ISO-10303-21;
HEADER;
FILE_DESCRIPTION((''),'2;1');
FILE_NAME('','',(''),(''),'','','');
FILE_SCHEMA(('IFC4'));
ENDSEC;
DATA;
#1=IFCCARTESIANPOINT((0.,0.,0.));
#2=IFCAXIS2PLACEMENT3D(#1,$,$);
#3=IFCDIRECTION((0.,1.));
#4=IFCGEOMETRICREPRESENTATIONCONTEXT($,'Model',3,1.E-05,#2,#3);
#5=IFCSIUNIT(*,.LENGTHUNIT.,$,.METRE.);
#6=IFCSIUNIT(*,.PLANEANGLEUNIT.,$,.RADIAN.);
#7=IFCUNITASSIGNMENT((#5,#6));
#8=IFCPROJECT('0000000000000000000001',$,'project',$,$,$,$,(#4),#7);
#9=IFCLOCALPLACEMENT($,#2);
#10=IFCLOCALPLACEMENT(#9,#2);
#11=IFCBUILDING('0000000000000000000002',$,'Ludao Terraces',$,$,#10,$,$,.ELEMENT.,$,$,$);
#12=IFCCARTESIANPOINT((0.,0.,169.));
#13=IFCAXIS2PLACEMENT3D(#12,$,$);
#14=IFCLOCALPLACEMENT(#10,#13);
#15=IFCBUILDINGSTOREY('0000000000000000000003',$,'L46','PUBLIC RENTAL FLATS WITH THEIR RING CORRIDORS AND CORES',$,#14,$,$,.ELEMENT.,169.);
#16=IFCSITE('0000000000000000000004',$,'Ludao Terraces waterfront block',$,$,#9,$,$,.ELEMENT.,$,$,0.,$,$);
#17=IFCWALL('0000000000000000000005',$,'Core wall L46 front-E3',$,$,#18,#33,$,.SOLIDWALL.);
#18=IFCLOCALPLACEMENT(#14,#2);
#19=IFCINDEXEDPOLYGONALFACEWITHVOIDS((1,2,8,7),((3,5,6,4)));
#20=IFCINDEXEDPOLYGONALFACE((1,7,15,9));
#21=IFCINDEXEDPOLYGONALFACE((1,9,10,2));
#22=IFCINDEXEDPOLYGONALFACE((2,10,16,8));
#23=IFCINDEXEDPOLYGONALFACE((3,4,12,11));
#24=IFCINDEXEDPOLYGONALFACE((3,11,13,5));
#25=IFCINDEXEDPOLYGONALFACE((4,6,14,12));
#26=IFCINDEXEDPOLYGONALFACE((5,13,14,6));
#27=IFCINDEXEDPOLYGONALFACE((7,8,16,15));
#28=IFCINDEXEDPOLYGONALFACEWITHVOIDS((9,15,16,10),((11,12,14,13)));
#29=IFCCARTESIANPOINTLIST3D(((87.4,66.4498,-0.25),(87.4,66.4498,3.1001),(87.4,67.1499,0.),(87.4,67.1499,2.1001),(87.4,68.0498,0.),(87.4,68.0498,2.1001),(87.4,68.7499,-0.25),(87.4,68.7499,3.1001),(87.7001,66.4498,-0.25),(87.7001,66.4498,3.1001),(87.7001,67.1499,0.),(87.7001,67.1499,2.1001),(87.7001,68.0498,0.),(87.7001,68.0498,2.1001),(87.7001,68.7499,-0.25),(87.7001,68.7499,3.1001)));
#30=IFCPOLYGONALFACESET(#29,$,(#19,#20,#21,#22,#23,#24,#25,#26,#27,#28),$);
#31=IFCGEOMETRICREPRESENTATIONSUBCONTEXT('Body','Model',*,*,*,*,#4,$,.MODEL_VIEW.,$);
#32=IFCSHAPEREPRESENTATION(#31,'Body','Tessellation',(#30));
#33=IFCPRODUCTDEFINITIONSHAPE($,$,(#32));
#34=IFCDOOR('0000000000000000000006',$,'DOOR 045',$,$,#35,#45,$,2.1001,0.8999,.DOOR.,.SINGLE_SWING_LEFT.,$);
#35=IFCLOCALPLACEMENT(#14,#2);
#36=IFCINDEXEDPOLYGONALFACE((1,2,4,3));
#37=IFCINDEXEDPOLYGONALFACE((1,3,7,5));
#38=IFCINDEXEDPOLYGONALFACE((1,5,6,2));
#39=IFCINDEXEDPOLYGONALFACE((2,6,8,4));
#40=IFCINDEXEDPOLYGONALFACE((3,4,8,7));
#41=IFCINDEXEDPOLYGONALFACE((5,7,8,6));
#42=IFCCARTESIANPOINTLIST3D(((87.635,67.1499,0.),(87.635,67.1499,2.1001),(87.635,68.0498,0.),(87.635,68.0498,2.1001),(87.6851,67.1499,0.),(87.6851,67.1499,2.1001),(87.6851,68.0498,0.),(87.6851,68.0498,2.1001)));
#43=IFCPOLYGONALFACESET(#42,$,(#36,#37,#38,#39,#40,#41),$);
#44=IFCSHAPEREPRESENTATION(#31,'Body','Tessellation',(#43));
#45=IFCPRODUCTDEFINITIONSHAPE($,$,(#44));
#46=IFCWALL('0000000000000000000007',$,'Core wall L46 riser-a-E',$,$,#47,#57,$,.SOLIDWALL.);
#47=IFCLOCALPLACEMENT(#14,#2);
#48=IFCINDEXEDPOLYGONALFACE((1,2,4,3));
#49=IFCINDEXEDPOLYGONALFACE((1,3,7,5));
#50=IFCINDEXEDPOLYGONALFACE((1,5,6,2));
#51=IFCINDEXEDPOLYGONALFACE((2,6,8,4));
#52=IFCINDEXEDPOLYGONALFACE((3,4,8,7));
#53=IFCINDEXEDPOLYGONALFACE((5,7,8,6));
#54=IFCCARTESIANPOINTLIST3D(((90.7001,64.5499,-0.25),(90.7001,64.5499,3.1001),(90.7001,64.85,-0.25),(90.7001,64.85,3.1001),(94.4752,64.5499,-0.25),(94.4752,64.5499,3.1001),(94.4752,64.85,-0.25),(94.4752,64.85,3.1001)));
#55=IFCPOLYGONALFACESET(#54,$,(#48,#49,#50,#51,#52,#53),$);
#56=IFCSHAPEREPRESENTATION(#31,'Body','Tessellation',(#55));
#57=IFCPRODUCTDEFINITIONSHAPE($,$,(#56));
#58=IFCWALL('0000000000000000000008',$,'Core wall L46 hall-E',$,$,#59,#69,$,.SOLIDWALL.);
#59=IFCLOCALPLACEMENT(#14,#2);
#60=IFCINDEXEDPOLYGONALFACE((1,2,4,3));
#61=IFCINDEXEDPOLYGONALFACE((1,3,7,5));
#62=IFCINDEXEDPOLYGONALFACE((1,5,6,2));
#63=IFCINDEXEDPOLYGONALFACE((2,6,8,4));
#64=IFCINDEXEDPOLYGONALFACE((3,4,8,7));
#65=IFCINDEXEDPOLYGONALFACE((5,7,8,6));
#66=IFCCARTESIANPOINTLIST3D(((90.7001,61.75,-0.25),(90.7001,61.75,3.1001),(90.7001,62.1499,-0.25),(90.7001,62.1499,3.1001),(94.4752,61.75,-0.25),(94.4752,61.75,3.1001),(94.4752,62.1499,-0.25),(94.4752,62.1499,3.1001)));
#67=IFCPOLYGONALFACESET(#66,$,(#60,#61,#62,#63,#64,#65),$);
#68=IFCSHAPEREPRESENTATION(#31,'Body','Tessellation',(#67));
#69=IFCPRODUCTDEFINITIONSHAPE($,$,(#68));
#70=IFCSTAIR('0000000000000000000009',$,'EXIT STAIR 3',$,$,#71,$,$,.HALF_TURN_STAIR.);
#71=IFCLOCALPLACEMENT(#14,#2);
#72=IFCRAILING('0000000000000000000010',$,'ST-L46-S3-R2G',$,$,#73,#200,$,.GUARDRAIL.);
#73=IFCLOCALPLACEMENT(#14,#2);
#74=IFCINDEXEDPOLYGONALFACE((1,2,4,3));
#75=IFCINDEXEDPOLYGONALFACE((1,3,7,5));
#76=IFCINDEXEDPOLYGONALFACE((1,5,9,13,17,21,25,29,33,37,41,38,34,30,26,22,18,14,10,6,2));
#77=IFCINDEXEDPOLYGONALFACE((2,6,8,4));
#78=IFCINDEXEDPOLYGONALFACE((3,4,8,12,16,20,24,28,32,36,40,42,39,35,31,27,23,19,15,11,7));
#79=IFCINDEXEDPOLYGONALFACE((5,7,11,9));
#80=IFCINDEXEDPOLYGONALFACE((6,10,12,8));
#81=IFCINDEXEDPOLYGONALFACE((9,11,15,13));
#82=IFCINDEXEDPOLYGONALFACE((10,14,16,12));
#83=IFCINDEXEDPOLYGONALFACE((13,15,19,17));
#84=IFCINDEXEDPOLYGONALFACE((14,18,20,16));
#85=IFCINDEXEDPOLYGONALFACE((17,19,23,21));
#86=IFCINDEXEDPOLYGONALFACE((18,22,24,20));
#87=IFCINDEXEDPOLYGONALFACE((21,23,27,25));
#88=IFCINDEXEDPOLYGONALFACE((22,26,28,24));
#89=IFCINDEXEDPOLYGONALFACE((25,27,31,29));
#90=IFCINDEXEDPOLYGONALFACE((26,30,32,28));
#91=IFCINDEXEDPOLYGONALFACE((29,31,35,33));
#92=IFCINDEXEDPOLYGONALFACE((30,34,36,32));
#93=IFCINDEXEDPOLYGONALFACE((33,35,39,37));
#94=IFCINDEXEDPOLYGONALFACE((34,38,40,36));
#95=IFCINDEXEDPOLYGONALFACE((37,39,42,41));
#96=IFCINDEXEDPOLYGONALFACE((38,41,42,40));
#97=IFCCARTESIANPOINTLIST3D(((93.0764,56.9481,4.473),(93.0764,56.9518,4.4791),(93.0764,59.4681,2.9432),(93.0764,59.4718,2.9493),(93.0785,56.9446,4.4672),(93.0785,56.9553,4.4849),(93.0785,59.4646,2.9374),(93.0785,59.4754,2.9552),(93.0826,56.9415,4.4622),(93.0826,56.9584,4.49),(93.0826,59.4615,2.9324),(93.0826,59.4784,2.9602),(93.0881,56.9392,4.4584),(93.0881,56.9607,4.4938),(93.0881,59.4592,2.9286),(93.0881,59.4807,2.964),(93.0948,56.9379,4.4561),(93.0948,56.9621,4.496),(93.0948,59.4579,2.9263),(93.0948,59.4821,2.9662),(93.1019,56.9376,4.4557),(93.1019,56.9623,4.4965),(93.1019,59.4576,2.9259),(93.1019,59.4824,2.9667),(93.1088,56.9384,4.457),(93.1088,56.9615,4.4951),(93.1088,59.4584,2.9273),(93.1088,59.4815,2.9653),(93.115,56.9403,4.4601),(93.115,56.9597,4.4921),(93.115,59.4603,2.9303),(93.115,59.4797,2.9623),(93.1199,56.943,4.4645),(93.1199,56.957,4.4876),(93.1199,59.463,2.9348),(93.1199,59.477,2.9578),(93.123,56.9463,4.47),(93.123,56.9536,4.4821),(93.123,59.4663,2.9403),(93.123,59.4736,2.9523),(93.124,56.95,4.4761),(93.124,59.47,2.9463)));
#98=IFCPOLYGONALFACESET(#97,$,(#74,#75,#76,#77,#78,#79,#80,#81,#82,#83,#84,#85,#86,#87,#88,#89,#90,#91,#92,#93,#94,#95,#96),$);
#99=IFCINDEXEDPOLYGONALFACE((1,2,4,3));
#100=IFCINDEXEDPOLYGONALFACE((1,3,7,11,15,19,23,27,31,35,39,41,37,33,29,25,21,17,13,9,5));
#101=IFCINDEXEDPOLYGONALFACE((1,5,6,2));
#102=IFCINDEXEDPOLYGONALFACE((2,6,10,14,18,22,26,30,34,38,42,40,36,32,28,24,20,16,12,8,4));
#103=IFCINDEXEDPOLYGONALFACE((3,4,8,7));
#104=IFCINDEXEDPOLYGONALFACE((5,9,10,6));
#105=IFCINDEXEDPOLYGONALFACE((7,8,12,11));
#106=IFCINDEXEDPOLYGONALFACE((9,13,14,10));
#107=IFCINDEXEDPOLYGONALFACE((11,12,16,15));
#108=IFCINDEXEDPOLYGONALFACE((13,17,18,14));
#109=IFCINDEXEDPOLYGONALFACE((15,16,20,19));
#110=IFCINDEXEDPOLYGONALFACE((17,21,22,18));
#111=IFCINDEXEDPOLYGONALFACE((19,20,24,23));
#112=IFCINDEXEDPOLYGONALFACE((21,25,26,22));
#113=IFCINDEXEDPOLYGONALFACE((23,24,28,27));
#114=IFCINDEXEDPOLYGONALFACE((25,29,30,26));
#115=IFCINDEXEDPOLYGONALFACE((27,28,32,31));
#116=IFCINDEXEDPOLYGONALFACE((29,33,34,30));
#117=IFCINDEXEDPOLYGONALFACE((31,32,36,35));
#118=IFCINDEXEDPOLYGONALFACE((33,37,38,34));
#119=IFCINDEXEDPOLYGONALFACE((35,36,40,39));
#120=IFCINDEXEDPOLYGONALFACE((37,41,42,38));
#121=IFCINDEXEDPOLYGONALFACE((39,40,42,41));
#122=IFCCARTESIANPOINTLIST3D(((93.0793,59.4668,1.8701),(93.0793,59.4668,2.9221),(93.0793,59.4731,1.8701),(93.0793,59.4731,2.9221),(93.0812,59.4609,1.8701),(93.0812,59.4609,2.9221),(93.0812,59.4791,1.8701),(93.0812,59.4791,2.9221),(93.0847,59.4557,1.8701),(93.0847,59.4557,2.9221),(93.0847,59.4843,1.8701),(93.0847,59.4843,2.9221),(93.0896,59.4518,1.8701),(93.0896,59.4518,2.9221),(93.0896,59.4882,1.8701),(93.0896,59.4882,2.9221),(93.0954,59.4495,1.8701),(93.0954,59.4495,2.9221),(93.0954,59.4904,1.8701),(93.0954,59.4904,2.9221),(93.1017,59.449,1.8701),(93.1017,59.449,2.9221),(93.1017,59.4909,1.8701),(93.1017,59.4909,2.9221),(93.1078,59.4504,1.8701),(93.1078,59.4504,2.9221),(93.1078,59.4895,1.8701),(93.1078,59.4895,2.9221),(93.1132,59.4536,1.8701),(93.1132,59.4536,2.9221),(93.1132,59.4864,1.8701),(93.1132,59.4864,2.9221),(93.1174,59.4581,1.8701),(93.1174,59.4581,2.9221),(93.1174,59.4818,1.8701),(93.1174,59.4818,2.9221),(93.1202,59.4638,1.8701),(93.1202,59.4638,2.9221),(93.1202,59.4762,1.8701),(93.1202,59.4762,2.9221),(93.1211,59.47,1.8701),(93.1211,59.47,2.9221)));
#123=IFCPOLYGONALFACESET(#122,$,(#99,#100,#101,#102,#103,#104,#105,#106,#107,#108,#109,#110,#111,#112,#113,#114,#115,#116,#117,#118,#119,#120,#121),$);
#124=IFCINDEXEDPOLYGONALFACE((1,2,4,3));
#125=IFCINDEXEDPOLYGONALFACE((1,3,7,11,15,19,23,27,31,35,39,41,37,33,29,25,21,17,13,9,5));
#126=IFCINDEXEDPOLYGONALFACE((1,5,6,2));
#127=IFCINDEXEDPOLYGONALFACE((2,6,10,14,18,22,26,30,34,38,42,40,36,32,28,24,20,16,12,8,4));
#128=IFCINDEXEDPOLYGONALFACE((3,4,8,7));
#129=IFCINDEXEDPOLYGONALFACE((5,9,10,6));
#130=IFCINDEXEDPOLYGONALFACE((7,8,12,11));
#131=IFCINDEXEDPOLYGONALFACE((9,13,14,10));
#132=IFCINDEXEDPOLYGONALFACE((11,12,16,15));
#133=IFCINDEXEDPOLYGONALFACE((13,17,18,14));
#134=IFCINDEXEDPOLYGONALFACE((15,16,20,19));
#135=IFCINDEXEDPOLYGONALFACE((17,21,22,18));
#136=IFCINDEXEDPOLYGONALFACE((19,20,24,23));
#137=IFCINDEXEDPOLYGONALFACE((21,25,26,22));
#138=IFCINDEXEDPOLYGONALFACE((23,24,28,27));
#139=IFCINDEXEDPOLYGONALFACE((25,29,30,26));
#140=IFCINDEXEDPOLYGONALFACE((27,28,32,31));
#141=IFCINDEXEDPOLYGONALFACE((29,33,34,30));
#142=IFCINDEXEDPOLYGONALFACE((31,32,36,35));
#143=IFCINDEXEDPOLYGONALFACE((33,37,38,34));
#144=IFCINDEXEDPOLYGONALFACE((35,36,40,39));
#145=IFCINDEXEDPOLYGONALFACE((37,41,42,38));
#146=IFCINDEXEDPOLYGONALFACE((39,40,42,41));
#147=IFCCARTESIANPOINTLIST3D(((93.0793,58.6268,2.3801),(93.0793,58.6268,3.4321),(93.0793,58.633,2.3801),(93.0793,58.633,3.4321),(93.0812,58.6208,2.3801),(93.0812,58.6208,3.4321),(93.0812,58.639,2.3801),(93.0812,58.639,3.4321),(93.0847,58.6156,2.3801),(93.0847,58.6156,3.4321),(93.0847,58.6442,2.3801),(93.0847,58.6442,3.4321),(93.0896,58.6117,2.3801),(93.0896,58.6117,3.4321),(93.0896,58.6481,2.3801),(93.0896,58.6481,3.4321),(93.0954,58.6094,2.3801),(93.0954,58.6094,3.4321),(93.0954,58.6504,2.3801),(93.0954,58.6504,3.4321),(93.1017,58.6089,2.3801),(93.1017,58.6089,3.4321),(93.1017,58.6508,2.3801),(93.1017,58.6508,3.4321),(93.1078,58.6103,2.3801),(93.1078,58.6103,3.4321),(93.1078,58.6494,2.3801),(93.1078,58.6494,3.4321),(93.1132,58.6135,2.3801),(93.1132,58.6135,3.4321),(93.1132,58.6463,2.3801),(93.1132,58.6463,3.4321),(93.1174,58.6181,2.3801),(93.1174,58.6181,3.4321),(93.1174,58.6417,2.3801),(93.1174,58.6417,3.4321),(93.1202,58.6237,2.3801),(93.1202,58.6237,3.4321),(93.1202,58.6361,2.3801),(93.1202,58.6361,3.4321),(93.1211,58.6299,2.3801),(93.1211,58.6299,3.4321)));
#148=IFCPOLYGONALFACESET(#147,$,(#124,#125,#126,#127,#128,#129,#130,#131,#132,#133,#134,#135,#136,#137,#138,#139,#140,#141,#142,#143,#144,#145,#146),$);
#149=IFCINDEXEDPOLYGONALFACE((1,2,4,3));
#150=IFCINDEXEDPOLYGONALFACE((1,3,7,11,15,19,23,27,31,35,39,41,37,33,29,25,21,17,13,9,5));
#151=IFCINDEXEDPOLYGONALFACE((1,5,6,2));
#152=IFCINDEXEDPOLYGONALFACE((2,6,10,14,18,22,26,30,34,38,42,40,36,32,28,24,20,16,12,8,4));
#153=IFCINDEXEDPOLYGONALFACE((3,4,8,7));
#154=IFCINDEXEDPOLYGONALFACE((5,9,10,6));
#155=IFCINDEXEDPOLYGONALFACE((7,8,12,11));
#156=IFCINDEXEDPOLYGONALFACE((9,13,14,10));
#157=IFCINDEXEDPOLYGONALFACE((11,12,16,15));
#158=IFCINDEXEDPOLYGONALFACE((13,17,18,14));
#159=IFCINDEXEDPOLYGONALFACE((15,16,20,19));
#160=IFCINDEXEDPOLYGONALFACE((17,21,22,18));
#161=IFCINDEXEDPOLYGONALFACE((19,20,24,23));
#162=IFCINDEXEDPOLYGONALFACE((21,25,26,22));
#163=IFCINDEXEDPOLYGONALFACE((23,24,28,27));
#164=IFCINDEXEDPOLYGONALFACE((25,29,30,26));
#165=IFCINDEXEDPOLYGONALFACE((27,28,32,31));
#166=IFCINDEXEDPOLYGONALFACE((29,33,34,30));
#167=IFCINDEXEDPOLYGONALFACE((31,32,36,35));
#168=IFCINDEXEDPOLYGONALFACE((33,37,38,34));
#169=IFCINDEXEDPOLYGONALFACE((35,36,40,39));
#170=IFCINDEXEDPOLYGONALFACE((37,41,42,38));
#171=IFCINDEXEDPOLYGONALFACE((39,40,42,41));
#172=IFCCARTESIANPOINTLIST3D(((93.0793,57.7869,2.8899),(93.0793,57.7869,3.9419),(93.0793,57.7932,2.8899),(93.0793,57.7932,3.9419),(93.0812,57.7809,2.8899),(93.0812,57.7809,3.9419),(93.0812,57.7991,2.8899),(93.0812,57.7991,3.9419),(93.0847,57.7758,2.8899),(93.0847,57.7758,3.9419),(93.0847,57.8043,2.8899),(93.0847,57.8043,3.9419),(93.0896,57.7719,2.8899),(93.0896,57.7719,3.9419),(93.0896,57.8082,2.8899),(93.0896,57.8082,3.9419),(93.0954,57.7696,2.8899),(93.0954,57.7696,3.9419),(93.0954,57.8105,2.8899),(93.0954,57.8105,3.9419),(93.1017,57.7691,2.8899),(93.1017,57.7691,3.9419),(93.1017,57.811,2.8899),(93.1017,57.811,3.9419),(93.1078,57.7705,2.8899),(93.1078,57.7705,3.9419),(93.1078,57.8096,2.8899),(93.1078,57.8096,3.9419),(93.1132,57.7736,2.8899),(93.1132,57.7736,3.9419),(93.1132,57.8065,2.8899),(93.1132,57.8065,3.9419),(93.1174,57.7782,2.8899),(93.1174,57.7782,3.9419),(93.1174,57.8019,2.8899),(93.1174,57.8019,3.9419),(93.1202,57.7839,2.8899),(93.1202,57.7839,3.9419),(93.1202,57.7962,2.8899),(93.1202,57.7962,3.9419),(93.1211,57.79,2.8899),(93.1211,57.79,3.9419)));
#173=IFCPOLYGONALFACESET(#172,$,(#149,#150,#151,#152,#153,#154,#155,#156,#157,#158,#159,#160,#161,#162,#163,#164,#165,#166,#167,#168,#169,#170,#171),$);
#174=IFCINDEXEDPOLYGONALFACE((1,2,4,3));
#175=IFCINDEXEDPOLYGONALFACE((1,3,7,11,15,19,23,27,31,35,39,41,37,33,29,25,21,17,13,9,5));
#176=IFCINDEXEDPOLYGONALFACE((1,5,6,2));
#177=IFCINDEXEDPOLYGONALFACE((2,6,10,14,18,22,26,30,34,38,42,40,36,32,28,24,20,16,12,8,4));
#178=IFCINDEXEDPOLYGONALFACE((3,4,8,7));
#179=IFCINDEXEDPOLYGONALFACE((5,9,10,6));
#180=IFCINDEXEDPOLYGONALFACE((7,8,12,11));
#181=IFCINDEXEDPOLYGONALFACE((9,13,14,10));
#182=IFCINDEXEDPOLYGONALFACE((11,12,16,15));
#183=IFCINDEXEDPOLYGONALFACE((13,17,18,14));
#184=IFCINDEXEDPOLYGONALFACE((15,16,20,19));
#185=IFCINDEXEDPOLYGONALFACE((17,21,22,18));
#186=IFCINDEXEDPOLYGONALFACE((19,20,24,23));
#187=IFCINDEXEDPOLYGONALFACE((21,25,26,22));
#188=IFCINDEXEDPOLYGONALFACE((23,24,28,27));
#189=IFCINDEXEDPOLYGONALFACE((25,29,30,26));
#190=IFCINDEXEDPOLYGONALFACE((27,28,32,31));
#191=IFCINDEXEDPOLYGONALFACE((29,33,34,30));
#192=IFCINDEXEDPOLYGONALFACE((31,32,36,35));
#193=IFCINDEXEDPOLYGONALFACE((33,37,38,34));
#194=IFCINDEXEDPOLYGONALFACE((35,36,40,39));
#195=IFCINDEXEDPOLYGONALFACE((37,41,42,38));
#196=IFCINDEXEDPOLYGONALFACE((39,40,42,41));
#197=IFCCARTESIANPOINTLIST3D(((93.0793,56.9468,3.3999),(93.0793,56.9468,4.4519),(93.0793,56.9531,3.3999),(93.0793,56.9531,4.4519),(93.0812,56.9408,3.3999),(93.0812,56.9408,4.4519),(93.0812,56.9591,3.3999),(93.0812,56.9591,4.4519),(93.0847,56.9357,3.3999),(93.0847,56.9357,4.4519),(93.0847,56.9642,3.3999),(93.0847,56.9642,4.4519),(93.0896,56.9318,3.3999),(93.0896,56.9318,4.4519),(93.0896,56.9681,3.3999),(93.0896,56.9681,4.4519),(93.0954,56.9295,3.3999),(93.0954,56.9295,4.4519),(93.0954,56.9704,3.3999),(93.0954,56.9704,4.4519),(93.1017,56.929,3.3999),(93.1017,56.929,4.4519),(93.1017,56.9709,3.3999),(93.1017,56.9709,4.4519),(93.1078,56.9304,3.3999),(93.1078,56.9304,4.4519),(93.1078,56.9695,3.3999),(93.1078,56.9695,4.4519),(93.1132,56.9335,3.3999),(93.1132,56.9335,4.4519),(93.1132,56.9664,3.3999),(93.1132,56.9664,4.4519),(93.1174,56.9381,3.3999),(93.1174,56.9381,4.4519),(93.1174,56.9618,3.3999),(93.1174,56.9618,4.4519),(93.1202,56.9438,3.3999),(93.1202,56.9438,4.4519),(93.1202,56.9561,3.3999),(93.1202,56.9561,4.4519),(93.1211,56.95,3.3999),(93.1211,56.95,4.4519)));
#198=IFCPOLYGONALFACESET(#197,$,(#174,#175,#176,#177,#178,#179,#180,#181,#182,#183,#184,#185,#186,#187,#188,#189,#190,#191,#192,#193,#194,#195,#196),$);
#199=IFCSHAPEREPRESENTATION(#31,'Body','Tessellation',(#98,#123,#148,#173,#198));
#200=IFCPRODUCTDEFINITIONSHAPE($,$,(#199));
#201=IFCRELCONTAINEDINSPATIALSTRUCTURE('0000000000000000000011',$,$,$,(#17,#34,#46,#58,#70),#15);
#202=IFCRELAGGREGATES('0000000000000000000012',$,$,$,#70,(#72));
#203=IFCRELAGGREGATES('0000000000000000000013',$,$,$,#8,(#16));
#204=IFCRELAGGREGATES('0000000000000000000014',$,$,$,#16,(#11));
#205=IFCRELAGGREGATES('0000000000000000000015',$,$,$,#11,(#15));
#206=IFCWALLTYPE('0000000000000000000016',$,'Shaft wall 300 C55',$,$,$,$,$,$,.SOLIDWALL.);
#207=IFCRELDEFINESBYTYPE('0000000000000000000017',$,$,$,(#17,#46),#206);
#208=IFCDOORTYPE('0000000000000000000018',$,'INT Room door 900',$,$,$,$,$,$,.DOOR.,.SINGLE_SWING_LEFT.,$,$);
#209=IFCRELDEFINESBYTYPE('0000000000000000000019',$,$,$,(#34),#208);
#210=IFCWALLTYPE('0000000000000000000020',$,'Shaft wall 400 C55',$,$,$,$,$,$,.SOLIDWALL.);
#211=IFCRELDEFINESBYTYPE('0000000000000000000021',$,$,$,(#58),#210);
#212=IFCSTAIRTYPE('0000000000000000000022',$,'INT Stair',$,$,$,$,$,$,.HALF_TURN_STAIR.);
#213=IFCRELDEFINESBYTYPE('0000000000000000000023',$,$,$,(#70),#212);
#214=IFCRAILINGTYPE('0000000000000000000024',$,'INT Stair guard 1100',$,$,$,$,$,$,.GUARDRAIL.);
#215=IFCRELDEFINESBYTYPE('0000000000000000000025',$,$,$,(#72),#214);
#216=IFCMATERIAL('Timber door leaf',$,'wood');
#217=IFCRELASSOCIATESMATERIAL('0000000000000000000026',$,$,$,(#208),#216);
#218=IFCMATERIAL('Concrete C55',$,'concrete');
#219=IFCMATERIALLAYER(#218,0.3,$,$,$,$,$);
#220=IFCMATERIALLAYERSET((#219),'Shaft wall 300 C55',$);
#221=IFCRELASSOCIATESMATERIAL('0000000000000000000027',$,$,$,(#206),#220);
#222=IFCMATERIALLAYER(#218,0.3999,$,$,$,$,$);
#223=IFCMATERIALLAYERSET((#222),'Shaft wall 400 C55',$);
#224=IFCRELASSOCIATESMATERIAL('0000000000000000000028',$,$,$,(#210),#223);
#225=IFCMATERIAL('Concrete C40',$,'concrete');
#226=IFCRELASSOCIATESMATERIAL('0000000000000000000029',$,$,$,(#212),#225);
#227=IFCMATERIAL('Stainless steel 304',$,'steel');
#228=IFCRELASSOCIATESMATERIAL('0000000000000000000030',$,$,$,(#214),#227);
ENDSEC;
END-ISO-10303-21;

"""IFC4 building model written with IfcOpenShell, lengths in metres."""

from ifc_helpers import new_model, si_unit, direction, frame, frame_2d, origin, origin_2d, place, context, subcontext, project, spatial, rectangle, circle, extrude, material, layer, layer_set, type_object, element, fill, aggregate, save


model = new_model("IFC4")

# Units and contexts
model_context = context("Model", 3, precision=1e-05, world=origin(), true_north=direction((0.0, 1.0)))
body_context = subcontext(model_context, "Body", "Model", "MODEL_VIEW")
ifc_project = project(units=[si_unit("LENGTHUNIT", "METRE"), si_unit("PLANEANGLEUNIT", "RADIAN")], contexts=[model_context])

# Site, building, storey
site_placement = place(None, origin())
site = spatial("IfcSite", under=ifc_project, at=site_placement, Name="Ludao Terraces waterfront block", CompositionType="ELEMENT", RefElevation=0.0)
building_placement = place(site_placement, origin())
building = spatial("IfcBuilding", under=site, at=building_placement, Name="Ludao Terraces", CompositionType="ELEMENT")
storey_placement = place(building_placement, frame((0.0, 0.0, 169.0)))
storey = spatial("IfcBuildingStorey", under=building, at=storey_placement, Name="L46", Description="PUBLIC RENTAL FLATS WITH THEIR RING CORRIDORS AND CORES", CompositionType="ELEMENT", Elevation=169.0)

# Shared definitions
ifc_material_1 = material(Name="Concrete C40", Category="concrete")

# Shared definitions
ifc_material_2 = material(Name="Timber door leaf", Category="wood")
door_type_1 = type_object("IfcDoorType", Name="INT Room door 900", OperationType="SINGLE_SWING_LEFT", PredefinedType="DOOR", material=ifc_material_2)

# Shared definitions
ifc_material_3 = material(Name="Concrete C55", Category="concrete")
ifc_layer_1 = layer(ifc_material_3, 0.3)
ifc_layer_set_1 = layer_set([ifc_layer_1], Name="Shaft wall 300 C55")
wall_type_1 = type_object("IfcWallType", Name="Shaft wall 300 C55", PredefinedType="SOLIDWALL", material=ifc_layer_set_1)

# Wall, opening, door
wall_1_placement = place(storey_placement, frame((87.55, 66.45, -0.25), z_axis=(0.0, 0.0, 1.0), x_axis=(0.0, 1.0, 0.0)))
wall_1 = element("IfcWall", 1, at=wall_1_placement, inside=storey, type_object=wall_type_1, Name="Core wall L46 front-E3", PredefinedType="SOLIDWALL", context=body_context, shape_type="SweptSolid", body=[
    extrude(rectangle(XDim=2.3, YDim=0.3, at=frame_2d((1.1499, 0.0))), origin(), (0.0, 0.0, 1.0), 3.3501),
])
opening_1_placement = place(wall_1_placement, frame((0.7, 0.0, 0.25)))
opening_1 = element("IfcOpeningElement", 2, at=opening_1_placement, cuts=wall_1, PredefinedType="OPENING", context=body_context, shape_type="SweptSolid", body=[
    extrude(rectangle(XDim=0.8999, YDim=2.1001, at=frame_2d((0.45, 1.05))), frame((0.0, 0.1602, 0.0), z_axis=(0.0, -1.0, 0.0), x_axis=(1.0, 0.0, 0.0)), (0.0, 0.0, 1.0), 0.3201),
])
door_1_placement = place(opening_1_placement, origin())
door_1 = element("IfcDoor", 3, at=door_1_placement, inside=storey, type_object=door_type_1, Name="DOOR 045", OperationType="SINGLE_SWING_LEFT", OverallHeight=2.1001, OverallWidth=0.8999, PredefinedType="DOOR", context=body_context, shape_type="SweptSolid", body=[
    extrude(rectangle(XDim=0.8999, YDim=2.1001, at=frame_2d((0.45, 1.05))), frame((0.0, -0.085, 0.0), z_axis=(0.0, -1.0, 0.0), x_axis=(1.0, 0.0, 0.0)), (0.0, 0.0, 1.0), 0.05),
])
fill(opening_1, door_1)

# Walls
wall_2_placement = place(storey_placement, frame((90.7, 64.7, -0.25), z_axis=(0.0, 0.0, 1.0), x_axis=(1.0, 0.0, 0.0)))
element("IfcWall", 4, at=wall_2_placement, inside=storey, type_object=wall_type_1, Name="Core wall L46 riser-a-E", PredefinedType="SOLIDWALL", context=body_context, shape_type="SweptSolid", body=[
    extrude(rectangle(XDim=3.7751, YDim=0.3, at=frame_2d((1.8877, 0.0))), origin(), (0.0, 0.0, 1.0), 3.3501),
])
ifc_layer_2 = layer(ifc_material_3, 0.3999)
ifc_layer_set_2 = layer_set([ifc_layer_2], Name="Shaft wall 400 C55")
wall_type_2 = type_object("IfcWallType", Name="Shaft wall 400 C55", PredefinedType="SOLIDWALL", material=ifc_layer_set_2)
wall_3_placement = place(storey_placement, frame((90.7, 61.95, -0.25), z_axis=(0.0, 0.0, 1.0), x_axis=(1.0, 0.0, 0.0)))
element("IfcWall", 5, at=wall_3_placement, inside=storey, type_object=wall_type_2, Name="Core wall L46 hall-E", PredefinedType="SOLIDWALL", context=body_context, shape_type="SweptSolid", body=[
    extrude(rectangle(XDim=3.7751, YDim=0.3999, at=frame_2d((1.8877, 0.0))), origin(), (0.0, 0.0, 1.0), 3.3501),
])

# Stair, railing
stair_type = type_object("IfcStairType", Name="INT Stair", PredefinedType="HALF_TURN_STAIR", material=ifc_material_1)
stair_placement = place(storey_placement, origin())
stair = element("IfcStair", 6, at=stair_placement, inside=storey, type_object=stair_type, Name="EXIT STAIR 3", PredefinedType="HALF_TURN_STAIR")
ifc_material_4 = material(Name="Stainless steel 304", Category="steel")
railing_type_1 = type_object("IfcRailingType", Name="INT Stair guard 1100", PredefinedType="GUARDRAIL", material=ifc_material_4)
railing_1_placement = place(storey_placement, frame((93.1001, 59.47, 1.8701)))
railing_1 = element("IfcRailing", 7, at=railing_1_placement, type_object=railing_type_1, Name="ST-L46-S3-R2G", PredefinedType="GUARDRAIL", context=body_context, shape_type="SweptSolid", body=[
    extrude(circle(Radius=0.0239, at=origin_2d()), frame((0.0, 0.0, 1.0762), z_axis=(0.0, -0.854822, 0.518922), x_axis=(1.0, 0.0, 0.0)), (0.0, 0.0, 1.0), 2.948),
    extrude(circle(Radius=0.021, at=origin_2d()), origin(), (0.0, 0.0, 1.0), 1.052),
    extrude(circle(Radius=0.021, at=origin_2d()), frame((0.0, -0.8401, 0.51)), (0.0, 0.0, 1.0), 1.052),
    extrude(circle(Radius=0.021, at=origin_2d()), frame((0.0, -1.6799, 1.0198)), (0.0, 0.0, 1.0), 1.052),
    extrude(circle(Radius=0.021, at=origin_2d()), frame((0.0, -2.52, 1.5298)), (0.0, 0.0, 1.0), 1.052),
])
aggregate(stair, [railing_1])

save(model, "model.ifc")
